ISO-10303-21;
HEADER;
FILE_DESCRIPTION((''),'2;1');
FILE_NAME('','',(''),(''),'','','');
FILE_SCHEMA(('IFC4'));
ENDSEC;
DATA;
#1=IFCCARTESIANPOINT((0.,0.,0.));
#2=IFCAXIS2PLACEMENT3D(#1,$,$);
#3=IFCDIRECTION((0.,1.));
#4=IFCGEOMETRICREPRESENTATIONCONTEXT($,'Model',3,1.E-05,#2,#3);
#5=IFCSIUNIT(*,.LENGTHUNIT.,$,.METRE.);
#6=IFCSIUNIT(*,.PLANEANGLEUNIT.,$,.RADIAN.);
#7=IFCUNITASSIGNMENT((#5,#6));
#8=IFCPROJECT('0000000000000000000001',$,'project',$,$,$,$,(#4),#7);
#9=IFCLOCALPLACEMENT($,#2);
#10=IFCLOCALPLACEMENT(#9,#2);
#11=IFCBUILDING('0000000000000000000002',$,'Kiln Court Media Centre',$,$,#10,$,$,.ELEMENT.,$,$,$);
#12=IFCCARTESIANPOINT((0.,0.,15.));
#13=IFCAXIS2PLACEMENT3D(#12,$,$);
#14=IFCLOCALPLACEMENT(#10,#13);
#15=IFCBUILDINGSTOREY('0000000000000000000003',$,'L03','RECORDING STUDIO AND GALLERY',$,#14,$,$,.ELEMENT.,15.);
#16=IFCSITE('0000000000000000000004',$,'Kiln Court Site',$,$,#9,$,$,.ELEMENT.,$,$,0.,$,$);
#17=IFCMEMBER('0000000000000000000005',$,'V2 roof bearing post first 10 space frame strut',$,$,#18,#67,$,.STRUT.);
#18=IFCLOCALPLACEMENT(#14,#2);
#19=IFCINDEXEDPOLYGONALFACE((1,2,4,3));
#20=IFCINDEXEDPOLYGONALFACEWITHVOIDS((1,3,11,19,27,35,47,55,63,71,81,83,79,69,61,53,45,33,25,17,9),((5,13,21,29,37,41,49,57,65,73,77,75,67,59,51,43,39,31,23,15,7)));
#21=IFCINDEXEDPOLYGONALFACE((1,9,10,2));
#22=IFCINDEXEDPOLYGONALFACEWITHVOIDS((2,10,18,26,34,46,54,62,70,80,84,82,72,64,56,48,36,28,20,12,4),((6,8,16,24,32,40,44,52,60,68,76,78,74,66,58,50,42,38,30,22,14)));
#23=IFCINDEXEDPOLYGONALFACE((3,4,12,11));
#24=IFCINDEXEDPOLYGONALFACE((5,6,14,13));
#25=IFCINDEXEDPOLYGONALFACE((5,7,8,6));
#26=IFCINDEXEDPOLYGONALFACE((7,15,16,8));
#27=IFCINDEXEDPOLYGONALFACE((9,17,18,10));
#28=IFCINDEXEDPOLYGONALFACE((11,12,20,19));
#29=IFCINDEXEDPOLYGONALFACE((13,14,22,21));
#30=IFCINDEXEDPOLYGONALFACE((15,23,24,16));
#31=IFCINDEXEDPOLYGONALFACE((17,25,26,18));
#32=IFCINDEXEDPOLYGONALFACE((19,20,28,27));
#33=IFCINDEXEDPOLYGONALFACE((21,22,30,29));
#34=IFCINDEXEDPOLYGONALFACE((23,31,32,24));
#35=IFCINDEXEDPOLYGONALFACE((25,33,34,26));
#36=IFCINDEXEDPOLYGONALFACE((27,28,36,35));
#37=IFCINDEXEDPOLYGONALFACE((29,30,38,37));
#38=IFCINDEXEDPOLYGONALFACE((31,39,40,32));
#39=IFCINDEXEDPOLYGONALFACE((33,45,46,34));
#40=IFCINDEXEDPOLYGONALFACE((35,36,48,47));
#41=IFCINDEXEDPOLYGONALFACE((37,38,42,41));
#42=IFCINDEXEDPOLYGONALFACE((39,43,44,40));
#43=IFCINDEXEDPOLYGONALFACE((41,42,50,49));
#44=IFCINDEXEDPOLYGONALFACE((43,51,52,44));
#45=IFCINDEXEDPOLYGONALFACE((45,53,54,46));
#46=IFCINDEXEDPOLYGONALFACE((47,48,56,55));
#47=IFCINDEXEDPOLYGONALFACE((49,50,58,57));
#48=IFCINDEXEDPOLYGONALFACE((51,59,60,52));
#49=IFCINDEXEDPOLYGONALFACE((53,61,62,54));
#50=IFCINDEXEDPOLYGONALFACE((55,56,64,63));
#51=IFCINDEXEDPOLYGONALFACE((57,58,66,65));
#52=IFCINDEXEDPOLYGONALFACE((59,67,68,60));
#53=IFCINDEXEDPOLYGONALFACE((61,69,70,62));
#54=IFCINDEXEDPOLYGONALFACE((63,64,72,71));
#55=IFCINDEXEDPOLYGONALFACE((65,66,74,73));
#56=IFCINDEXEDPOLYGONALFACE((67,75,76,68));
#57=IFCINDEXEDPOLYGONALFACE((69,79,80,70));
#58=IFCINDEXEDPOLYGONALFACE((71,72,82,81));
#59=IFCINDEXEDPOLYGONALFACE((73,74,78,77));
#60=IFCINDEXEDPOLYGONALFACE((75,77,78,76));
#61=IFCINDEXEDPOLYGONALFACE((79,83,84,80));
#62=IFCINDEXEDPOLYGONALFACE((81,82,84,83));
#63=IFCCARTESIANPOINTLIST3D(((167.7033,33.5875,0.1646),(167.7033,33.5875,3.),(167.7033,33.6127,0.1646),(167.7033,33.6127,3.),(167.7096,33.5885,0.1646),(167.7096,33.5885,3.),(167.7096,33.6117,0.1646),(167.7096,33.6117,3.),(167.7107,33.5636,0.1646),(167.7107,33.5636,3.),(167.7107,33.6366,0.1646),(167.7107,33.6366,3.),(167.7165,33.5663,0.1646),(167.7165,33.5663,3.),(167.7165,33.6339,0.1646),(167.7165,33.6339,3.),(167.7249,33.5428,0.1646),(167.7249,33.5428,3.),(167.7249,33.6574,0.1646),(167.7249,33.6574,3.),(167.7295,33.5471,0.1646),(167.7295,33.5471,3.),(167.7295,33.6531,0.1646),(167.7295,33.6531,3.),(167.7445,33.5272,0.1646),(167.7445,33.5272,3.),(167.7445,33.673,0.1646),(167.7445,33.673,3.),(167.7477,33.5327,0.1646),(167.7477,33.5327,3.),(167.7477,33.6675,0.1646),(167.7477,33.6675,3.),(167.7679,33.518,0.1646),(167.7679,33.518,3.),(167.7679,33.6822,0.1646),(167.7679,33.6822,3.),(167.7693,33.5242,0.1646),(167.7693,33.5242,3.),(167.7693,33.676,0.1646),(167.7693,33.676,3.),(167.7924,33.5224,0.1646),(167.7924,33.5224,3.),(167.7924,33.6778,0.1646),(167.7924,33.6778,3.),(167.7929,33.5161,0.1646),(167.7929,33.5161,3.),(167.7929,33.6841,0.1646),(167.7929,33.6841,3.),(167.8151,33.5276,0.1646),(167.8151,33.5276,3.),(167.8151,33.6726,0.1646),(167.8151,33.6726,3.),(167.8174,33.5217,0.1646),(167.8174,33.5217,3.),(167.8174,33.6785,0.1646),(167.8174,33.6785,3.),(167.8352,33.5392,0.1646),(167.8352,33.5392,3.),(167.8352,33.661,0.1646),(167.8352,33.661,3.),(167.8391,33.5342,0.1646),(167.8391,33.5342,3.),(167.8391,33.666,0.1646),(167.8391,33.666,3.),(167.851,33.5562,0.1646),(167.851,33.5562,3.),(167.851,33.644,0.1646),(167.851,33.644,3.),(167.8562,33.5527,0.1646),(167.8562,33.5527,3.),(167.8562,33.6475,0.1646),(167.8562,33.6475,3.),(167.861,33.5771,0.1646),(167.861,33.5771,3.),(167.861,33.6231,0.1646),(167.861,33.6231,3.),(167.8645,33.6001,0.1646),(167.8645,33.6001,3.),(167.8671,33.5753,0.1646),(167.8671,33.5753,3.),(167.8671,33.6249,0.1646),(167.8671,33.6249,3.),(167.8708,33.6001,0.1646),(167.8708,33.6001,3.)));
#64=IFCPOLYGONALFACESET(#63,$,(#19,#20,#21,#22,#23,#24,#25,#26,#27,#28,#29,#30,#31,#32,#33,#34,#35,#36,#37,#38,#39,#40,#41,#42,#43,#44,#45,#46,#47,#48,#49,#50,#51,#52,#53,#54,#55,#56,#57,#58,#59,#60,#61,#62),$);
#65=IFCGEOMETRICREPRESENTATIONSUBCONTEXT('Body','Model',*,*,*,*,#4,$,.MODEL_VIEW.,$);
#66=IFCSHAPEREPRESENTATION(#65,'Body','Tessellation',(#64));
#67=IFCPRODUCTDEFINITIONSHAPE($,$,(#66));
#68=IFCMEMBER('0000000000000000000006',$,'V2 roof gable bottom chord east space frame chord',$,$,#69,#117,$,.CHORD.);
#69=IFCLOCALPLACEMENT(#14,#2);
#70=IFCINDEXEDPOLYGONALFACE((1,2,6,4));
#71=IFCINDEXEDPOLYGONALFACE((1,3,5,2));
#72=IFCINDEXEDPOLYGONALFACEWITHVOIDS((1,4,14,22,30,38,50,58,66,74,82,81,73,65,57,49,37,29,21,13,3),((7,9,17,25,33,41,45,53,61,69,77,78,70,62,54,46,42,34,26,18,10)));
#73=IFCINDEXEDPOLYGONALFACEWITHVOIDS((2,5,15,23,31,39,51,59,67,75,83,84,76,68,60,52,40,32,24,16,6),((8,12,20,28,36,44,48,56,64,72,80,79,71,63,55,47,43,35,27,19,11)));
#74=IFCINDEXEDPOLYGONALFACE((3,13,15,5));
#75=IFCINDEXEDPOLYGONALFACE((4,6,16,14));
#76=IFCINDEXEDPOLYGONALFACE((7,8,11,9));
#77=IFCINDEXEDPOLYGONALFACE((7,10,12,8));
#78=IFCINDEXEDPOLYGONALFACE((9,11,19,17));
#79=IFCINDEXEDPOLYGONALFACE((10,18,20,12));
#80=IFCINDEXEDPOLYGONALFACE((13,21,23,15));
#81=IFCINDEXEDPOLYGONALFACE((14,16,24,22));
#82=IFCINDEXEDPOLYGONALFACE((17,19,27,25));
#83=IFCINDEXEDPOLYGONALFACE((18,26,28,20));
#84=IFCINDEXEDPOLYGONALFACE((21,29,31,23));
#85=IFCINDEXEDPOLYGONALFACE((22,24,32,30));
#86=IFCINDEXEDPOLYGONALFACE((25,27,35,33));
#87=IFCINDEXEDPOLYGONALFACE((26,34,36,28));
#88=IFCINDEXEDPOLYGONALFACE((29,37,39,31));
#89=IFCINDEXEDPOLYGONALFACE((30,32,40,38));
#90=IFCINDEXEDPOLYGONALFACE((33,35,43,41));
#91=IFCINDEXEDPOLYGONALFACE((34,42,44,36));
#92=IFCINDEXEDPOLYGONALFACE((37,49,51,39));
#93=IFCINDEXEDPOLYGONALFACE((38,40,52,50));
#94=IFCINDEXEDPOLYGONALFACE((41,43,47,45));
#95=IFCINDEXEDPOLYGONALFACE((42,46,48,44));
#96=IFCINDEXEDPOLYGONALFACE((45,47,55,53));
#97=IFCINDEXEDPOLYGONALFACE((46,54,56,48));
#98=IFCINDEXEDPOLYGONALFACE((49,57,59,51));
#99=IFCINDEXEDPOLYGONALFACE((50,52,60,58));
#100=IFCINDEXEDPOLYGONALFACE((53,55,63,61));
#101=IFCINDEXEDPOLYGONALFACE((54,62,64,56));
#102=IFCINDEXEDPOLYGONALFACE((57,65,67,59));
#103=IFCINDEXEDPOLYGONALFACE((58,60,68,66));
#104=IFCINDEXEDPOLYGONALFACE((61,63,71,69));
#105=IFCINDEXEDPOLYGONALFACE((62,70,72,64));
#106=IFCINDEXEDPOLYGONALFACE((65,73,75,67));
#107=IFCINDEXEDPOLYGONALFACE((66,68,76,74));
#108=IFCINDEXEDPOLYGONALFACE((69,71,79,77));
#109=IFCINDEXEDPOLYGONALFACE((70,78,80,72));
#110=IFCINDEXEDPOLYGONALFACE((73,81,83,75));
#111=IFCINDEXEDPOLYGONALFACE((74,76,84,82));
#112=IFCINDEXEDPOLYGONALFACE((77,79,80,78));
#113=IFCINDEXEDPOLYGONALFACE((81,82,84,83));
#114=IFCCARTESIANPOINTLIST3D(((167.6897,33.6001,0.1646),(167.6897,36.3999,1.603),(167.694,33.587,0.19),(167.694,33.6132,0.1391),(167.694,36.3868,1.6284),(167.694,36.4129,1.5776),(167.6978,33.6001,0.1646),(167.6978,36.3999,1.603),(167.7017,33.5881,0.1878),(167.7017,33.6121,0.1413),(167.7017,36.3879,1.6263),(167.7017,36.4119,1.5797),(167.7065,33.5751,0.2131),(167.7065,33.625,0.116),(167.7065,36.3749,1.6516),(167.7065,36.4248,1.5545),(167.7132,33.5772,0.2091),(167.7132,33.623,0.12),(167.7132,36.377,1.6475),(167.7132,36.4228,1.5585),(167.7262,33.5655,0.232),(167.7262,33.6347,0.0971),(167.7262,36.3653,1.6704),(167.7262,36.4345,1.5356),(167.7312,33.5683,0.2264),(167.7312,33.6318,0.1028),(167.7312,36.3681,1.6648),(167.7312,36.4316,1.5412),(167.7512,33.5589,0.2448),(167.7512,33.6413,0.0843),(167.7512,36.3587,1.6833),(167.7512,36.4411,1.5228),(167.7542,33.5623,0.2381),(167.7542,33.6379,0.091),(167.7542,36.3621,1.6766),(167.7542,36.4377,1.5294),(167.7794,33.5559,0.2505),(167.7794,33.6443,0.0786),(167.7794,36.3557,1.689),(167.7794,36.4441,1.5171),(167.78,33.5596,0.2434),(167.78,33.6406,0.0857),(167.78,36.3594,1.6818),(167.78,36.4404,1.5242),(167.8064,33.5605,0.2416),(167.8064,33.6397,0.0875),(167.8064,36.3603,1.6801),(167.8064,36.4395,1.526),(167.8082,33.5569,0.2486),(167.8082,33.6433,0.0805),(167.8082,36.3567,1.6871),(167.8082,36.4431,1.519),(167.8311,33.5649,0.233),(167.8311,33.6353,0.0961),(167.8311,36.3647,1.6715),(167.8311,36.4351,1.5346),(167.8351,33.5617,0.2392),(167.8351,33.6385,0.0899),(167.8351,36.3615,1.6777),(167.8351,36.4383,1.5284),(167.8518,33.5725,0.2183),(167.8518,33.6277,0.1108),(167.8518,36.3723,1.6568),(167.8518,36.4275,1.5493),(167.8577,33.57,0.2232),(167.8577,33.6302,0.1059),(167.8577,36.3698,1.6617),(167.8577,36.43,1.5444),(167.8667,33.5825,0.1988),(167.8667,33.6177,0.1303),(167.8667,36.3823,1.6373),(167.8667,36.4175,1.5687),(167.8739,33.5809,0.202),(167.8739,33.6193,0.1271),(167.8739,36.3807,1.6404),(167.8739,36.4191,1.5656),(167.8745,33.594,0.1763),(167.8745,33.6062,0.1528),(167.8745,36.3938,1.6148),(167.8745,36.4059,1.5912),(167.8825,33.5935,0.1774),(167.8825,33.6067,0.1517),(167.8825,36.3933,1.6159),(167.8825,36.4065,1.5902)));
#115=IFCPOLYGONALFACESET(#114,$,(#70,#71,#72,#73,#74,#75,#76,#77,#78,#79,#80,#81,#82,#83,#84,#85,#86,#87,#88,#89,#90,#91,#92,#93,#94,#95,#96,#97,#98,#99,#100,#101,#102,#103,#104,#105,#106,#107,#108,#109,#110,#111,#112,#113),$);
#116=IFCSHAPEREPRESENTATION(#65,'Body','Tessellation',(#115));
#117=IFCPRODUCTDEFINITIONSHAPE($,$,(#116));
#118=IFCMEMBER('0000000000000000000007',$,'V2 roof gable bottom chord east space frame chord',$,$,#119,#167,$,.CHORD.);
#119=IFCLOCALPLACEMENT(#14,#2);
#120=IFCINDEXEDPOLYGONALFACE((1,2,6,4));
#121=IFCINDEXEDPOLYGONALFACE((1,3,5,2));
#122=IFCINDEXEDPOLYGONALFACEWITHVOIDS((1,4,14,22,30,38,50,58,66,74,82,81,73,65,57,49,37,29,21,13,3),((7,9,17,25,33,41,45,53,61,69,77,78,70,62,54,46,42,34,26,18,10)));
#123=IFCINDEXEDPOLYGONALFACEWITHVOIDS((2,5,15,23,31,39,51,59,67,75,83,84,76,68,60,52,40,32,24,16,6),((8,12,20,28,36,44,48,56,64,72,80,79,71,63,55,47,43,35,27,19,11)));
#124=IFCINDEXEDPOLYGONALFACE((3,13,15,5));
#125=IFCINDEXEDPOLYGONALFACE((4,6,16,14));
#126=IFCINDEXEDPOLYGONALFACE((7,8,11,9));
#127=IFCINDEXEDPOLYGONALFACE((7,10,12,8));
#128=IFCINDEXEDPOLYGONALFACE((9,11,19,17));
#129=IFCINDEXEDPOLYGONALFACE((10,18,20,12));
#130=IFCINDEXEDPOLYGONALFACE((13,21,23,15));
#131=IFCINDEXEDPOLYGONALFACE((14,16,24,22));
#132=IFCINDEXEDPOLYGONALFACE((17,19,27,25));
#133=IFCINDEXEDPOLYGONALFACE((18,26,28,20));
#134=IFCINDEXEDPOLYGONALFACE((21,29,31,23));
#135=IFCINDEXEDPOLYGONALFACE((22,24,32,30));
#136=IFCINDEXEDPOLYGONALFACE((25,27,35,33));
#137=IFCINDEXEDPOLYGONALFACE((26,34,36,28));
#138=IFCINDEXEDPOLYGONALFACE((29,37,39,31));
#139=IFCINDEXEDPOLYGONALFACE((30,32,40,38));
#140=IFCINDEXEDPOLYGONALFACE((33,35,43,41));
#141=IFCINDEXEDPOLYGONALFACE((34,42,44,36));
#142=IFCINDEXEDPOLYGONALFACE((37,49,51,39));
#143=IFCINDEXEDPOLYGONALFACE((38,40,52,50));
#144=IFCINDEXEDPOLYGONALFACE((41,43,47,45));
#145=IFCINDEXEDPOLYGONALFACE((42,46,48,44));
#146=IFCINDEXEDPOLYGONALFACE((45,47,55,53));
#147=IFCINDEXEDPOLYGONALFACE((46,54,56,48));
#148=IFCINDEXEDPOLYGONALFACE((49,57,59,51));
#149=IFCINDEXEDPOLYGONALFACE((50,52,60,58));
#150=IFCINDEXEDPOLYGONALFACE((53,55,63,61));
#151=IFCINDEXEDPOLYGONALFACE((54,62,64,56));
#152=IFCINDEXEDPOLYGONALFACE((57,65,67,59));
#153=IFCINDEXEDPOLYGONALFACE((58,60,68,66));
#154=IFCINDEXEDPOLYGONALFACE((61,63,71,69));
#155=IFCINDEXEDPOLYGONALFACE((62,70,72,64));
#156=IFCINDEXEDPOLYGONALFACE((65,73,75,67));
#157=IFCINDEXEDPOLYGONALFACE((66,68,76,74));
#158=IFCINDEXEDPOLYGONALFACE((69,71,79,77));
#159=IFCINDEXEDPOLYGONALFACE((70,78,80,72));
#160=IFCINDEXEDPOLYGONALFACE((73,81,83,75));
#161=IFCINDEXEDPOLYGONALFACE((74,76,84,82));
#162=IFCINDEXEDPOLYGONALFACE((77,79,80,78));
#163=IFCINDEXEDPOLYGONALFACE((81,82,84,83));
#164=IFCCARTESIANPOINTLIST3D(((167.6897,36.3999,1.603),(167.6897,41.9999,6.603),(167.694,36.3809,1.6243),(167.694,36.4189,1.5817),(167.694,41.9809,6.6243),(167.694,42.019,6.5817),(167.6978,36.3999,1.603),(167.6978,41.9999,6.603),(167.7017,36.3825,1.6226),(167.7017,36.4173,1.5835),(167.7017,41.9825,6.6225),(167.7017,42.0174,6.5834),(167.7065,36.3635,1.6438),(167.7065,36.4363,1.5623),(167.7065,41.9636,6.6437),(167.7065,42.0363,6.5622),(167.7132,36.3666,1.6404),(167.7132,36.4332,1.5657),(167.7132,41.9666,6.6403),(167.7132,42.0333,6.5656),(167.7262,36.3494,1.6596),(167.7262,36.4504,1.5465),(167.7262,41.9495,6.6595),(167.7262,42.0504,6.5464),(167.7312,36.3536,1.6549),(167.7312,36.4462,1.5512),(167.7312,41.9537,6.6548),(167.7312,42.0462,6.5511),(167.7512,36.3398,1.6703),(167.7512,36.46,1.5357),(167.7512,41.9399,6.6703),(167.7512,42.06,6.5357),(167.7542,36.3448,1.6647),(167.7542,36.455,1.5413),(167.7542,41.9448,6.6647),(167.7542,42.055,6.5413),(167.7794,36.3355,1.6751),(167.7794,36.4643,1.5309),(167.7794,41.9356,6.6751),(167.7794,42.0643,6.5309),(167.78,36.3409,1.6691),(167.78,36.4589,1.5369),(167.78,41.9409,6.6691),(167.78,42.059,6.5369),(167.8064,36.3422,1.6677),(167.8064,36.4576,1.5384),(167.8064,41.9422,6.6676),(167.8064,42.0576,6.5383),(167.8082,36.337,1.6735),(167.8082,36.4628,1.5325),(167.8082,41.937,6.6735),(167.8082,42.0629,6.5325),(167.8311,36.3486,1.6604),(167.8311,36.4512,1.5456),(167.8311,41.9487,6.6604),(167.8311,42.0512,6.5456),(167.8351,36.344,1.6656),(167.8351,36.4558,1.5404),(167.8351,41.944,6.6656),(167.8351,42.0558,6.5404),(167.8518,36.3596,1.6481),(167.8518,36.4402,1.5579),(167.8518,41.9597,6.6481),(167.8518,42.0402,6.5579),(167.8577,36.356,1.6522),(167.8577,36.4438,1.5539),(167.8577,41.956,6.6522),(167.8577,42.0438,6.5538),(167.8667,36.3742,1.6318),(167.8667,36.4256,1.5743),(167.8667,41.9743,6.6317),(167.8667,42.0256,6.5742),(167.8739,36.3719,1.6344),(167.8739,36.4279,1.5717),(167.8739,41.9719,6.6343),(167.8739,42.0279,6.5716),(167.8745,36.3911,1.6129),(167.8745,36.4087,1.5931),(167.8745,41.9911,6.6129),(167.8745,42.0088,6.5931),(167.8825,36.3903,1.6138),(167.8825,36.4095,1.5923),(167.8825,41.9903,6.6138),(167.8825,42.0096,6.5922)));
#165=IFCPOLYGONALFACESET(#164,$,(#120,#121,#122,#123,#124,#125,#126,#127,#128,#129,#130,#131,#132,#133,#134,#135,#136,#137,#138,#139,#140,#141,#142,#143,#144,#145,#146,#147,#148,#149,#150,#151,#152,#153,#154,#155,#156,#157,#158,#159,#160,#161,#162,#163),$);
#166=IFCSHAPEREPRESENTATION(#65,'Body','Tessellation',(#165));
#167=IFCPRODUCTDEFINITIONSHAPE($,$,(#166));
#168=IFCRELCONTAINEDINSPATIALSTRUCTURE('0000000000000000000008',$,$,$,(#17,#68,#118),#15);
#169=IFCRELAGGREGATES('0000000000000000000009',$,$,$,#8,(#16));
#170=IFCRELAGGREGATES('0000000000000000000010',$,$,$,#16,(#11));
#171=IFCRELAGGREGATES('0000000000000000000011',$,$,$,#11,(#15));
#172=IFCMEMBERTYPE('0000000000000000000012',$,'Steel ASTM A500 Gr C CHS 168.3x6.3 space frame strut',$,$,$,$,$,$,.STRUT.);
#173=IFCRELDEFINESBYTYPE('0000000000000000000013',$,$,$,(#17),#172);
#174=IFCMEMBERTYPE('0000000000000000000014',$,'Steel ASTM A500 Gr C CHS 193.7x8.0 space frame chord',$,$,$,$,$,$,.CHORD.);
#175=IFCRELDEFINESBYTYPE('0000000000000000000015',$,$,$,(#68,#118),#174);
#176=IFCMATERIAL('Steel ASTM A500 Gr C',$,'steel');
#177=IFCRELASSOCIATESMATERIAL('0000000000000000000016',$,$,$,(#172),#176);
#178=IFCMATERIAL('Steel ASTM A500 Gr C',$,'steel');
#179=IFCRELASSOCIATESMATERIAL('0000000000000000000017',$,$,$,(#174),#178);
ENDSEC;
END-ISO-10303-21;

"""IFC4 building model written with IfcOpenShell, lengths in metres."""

from ifc_helpers import new_model, si_unit, direction, frame, origin, origin_2d, place, context, subcontext, project, spatial, hollow_circle, extrude, material, material_profile, profile_set, type_object, element, save


model = new_model("IFC4")

# Units and contexts
model_context = context("Model", 3, precision=1e-05, world=origin(), true_north=direction((0.0, 1.0)))
body_context = subcontext(model_context, "Body", "Model", "MODEL_VIEW")
ifc_project = project(units=[si_unit("LENGTHUNIT", "METRE"), si_unit("PLANEANGLEUNIT", "RADIAN")], contexts=[model_context])

# Site, building, storey
site_placement = place(None, origin())
site = spatial("IfcSite", under=ifc_project, at=site_placement, Name="Kiln Court Site", CompositionType="ELEMENT", RefElevation=0.0)
building_placement = place(site_placement, origin())
building = spatial("IfcBuilding", under=site, at=building_placement, Name="Kiln Court Media Centre", CompositionType="ELEMENT")
storey_placement = place(building_placement, frame((0.0, 0.0, 15.0)))
storey = spatial("IfcBuildingStorey", under=building, at=storey_placement, Name="L03", Description="RECORDING STUDIO AND GALLERY", CompositionType="ELEMENT", Elevation=15.0)

# Members
ifc_material_1 = material(Name="Steel ASTM A500 Gr C", Category="steel")
ifc_material_profile_1 = material_profile(ifc_material_1, hollow_circle(Radius=0.0842, WallThickness=0.0063, at=origin_2d()), Name="CHS 168.3x6.3")
ifc_profile_set_1 = profile_set([ifc_material_profile_1], Name="Steel ASTM A500 Gr C")
member_type_1 = type_object("IfcMemberType", Name="Steel ASTM A500 Gr C CHS 168.3x6.3 space frame strut", PredefinedType="STRUT", material=ifc_profile_set_1)
member_1_placement = place(storey_placement, frame((167.7866, 33.6001, 0.1646), z_axis=(0.0, 0.0, 1.0), x_axis=(1.0, 0.0, 0.0)))
element("IfcMember", 1, at=member_1_placement, inside=storey, type_object=member_type_1, Name="V2 roof bearing post first 10 space frame strut", PredefinedType="STRUT", context=body_context, shape_type="SweptSolid", body=[
    extrude(hollow_circle(Radius=0.0842, WallThickness=0.0063, at=origin_2d()), origin(), (0.0, 0.0, 1.0), 2.8354),
])
ifc_material_2 = material(Name="Steel ASTM A500 Gr C", Category="steel")
ifc_material_profile_2 = material_profile(ifc_material_2, hollow_circle(Radius=0.0969, WallThickness=0.0081, at=origin_2d()), Name="CHS 193.7x8.0")
ifc_profile_set_2 = profile_set([ifc_material_profile_2], Name="Steel ASTM A500 Gr C")
member_type_2 = type_object("IfcMemberType", Name="Steel ASTM A500 Gr C CHS 193.7x8.0 space frame chord", PredefinedType="CHORD", material=ifc_profile_set_2)
member_2_placement = place(storey_placement, frame((167.7866, 33.6001, 0.1646), z_axis=(0.0, 0.889472, 0.45699), x_axis=(-1.0, 0.0, 0.0)))
element("IfcMember", 2, at=member_2_placement, inside=storey, type_object=member_type_2, Name="V2 roof gable bottom chord east space frame chord", PredefinedType="CHORD", context=body_context, shape_type="SweptSolid", body=[
    extrude(hollow_circle(Radius=0.0969, WallThickness=0.0081, at=origin_2d()), origin(), (0.0, 0.0, 1.0), 3.1477),
])
member_3_placement = place(storey_placement, frame((167.7866, 36.3999, 1.603), z_axis=(0.0, 0.745943, 0.666009), x_axis=(-1.0, 0.0, 0.0)))
element("IfcMember", 3, at=member_3_placement, inside=storey, type_object=member_type_2, Name="V2 roof gable bottom chord east space frame chord", PredefinedType="CHORD", context=body_context, shape_type="SweptSolid", body=[
    extrude(hollow_circle(Radius=0.0969, WallThickness=0.0081, at=origin_2d()), origin(), (0.0, 0.0, 1.0), 7.5073),
])

save(model, "model.ifc")
